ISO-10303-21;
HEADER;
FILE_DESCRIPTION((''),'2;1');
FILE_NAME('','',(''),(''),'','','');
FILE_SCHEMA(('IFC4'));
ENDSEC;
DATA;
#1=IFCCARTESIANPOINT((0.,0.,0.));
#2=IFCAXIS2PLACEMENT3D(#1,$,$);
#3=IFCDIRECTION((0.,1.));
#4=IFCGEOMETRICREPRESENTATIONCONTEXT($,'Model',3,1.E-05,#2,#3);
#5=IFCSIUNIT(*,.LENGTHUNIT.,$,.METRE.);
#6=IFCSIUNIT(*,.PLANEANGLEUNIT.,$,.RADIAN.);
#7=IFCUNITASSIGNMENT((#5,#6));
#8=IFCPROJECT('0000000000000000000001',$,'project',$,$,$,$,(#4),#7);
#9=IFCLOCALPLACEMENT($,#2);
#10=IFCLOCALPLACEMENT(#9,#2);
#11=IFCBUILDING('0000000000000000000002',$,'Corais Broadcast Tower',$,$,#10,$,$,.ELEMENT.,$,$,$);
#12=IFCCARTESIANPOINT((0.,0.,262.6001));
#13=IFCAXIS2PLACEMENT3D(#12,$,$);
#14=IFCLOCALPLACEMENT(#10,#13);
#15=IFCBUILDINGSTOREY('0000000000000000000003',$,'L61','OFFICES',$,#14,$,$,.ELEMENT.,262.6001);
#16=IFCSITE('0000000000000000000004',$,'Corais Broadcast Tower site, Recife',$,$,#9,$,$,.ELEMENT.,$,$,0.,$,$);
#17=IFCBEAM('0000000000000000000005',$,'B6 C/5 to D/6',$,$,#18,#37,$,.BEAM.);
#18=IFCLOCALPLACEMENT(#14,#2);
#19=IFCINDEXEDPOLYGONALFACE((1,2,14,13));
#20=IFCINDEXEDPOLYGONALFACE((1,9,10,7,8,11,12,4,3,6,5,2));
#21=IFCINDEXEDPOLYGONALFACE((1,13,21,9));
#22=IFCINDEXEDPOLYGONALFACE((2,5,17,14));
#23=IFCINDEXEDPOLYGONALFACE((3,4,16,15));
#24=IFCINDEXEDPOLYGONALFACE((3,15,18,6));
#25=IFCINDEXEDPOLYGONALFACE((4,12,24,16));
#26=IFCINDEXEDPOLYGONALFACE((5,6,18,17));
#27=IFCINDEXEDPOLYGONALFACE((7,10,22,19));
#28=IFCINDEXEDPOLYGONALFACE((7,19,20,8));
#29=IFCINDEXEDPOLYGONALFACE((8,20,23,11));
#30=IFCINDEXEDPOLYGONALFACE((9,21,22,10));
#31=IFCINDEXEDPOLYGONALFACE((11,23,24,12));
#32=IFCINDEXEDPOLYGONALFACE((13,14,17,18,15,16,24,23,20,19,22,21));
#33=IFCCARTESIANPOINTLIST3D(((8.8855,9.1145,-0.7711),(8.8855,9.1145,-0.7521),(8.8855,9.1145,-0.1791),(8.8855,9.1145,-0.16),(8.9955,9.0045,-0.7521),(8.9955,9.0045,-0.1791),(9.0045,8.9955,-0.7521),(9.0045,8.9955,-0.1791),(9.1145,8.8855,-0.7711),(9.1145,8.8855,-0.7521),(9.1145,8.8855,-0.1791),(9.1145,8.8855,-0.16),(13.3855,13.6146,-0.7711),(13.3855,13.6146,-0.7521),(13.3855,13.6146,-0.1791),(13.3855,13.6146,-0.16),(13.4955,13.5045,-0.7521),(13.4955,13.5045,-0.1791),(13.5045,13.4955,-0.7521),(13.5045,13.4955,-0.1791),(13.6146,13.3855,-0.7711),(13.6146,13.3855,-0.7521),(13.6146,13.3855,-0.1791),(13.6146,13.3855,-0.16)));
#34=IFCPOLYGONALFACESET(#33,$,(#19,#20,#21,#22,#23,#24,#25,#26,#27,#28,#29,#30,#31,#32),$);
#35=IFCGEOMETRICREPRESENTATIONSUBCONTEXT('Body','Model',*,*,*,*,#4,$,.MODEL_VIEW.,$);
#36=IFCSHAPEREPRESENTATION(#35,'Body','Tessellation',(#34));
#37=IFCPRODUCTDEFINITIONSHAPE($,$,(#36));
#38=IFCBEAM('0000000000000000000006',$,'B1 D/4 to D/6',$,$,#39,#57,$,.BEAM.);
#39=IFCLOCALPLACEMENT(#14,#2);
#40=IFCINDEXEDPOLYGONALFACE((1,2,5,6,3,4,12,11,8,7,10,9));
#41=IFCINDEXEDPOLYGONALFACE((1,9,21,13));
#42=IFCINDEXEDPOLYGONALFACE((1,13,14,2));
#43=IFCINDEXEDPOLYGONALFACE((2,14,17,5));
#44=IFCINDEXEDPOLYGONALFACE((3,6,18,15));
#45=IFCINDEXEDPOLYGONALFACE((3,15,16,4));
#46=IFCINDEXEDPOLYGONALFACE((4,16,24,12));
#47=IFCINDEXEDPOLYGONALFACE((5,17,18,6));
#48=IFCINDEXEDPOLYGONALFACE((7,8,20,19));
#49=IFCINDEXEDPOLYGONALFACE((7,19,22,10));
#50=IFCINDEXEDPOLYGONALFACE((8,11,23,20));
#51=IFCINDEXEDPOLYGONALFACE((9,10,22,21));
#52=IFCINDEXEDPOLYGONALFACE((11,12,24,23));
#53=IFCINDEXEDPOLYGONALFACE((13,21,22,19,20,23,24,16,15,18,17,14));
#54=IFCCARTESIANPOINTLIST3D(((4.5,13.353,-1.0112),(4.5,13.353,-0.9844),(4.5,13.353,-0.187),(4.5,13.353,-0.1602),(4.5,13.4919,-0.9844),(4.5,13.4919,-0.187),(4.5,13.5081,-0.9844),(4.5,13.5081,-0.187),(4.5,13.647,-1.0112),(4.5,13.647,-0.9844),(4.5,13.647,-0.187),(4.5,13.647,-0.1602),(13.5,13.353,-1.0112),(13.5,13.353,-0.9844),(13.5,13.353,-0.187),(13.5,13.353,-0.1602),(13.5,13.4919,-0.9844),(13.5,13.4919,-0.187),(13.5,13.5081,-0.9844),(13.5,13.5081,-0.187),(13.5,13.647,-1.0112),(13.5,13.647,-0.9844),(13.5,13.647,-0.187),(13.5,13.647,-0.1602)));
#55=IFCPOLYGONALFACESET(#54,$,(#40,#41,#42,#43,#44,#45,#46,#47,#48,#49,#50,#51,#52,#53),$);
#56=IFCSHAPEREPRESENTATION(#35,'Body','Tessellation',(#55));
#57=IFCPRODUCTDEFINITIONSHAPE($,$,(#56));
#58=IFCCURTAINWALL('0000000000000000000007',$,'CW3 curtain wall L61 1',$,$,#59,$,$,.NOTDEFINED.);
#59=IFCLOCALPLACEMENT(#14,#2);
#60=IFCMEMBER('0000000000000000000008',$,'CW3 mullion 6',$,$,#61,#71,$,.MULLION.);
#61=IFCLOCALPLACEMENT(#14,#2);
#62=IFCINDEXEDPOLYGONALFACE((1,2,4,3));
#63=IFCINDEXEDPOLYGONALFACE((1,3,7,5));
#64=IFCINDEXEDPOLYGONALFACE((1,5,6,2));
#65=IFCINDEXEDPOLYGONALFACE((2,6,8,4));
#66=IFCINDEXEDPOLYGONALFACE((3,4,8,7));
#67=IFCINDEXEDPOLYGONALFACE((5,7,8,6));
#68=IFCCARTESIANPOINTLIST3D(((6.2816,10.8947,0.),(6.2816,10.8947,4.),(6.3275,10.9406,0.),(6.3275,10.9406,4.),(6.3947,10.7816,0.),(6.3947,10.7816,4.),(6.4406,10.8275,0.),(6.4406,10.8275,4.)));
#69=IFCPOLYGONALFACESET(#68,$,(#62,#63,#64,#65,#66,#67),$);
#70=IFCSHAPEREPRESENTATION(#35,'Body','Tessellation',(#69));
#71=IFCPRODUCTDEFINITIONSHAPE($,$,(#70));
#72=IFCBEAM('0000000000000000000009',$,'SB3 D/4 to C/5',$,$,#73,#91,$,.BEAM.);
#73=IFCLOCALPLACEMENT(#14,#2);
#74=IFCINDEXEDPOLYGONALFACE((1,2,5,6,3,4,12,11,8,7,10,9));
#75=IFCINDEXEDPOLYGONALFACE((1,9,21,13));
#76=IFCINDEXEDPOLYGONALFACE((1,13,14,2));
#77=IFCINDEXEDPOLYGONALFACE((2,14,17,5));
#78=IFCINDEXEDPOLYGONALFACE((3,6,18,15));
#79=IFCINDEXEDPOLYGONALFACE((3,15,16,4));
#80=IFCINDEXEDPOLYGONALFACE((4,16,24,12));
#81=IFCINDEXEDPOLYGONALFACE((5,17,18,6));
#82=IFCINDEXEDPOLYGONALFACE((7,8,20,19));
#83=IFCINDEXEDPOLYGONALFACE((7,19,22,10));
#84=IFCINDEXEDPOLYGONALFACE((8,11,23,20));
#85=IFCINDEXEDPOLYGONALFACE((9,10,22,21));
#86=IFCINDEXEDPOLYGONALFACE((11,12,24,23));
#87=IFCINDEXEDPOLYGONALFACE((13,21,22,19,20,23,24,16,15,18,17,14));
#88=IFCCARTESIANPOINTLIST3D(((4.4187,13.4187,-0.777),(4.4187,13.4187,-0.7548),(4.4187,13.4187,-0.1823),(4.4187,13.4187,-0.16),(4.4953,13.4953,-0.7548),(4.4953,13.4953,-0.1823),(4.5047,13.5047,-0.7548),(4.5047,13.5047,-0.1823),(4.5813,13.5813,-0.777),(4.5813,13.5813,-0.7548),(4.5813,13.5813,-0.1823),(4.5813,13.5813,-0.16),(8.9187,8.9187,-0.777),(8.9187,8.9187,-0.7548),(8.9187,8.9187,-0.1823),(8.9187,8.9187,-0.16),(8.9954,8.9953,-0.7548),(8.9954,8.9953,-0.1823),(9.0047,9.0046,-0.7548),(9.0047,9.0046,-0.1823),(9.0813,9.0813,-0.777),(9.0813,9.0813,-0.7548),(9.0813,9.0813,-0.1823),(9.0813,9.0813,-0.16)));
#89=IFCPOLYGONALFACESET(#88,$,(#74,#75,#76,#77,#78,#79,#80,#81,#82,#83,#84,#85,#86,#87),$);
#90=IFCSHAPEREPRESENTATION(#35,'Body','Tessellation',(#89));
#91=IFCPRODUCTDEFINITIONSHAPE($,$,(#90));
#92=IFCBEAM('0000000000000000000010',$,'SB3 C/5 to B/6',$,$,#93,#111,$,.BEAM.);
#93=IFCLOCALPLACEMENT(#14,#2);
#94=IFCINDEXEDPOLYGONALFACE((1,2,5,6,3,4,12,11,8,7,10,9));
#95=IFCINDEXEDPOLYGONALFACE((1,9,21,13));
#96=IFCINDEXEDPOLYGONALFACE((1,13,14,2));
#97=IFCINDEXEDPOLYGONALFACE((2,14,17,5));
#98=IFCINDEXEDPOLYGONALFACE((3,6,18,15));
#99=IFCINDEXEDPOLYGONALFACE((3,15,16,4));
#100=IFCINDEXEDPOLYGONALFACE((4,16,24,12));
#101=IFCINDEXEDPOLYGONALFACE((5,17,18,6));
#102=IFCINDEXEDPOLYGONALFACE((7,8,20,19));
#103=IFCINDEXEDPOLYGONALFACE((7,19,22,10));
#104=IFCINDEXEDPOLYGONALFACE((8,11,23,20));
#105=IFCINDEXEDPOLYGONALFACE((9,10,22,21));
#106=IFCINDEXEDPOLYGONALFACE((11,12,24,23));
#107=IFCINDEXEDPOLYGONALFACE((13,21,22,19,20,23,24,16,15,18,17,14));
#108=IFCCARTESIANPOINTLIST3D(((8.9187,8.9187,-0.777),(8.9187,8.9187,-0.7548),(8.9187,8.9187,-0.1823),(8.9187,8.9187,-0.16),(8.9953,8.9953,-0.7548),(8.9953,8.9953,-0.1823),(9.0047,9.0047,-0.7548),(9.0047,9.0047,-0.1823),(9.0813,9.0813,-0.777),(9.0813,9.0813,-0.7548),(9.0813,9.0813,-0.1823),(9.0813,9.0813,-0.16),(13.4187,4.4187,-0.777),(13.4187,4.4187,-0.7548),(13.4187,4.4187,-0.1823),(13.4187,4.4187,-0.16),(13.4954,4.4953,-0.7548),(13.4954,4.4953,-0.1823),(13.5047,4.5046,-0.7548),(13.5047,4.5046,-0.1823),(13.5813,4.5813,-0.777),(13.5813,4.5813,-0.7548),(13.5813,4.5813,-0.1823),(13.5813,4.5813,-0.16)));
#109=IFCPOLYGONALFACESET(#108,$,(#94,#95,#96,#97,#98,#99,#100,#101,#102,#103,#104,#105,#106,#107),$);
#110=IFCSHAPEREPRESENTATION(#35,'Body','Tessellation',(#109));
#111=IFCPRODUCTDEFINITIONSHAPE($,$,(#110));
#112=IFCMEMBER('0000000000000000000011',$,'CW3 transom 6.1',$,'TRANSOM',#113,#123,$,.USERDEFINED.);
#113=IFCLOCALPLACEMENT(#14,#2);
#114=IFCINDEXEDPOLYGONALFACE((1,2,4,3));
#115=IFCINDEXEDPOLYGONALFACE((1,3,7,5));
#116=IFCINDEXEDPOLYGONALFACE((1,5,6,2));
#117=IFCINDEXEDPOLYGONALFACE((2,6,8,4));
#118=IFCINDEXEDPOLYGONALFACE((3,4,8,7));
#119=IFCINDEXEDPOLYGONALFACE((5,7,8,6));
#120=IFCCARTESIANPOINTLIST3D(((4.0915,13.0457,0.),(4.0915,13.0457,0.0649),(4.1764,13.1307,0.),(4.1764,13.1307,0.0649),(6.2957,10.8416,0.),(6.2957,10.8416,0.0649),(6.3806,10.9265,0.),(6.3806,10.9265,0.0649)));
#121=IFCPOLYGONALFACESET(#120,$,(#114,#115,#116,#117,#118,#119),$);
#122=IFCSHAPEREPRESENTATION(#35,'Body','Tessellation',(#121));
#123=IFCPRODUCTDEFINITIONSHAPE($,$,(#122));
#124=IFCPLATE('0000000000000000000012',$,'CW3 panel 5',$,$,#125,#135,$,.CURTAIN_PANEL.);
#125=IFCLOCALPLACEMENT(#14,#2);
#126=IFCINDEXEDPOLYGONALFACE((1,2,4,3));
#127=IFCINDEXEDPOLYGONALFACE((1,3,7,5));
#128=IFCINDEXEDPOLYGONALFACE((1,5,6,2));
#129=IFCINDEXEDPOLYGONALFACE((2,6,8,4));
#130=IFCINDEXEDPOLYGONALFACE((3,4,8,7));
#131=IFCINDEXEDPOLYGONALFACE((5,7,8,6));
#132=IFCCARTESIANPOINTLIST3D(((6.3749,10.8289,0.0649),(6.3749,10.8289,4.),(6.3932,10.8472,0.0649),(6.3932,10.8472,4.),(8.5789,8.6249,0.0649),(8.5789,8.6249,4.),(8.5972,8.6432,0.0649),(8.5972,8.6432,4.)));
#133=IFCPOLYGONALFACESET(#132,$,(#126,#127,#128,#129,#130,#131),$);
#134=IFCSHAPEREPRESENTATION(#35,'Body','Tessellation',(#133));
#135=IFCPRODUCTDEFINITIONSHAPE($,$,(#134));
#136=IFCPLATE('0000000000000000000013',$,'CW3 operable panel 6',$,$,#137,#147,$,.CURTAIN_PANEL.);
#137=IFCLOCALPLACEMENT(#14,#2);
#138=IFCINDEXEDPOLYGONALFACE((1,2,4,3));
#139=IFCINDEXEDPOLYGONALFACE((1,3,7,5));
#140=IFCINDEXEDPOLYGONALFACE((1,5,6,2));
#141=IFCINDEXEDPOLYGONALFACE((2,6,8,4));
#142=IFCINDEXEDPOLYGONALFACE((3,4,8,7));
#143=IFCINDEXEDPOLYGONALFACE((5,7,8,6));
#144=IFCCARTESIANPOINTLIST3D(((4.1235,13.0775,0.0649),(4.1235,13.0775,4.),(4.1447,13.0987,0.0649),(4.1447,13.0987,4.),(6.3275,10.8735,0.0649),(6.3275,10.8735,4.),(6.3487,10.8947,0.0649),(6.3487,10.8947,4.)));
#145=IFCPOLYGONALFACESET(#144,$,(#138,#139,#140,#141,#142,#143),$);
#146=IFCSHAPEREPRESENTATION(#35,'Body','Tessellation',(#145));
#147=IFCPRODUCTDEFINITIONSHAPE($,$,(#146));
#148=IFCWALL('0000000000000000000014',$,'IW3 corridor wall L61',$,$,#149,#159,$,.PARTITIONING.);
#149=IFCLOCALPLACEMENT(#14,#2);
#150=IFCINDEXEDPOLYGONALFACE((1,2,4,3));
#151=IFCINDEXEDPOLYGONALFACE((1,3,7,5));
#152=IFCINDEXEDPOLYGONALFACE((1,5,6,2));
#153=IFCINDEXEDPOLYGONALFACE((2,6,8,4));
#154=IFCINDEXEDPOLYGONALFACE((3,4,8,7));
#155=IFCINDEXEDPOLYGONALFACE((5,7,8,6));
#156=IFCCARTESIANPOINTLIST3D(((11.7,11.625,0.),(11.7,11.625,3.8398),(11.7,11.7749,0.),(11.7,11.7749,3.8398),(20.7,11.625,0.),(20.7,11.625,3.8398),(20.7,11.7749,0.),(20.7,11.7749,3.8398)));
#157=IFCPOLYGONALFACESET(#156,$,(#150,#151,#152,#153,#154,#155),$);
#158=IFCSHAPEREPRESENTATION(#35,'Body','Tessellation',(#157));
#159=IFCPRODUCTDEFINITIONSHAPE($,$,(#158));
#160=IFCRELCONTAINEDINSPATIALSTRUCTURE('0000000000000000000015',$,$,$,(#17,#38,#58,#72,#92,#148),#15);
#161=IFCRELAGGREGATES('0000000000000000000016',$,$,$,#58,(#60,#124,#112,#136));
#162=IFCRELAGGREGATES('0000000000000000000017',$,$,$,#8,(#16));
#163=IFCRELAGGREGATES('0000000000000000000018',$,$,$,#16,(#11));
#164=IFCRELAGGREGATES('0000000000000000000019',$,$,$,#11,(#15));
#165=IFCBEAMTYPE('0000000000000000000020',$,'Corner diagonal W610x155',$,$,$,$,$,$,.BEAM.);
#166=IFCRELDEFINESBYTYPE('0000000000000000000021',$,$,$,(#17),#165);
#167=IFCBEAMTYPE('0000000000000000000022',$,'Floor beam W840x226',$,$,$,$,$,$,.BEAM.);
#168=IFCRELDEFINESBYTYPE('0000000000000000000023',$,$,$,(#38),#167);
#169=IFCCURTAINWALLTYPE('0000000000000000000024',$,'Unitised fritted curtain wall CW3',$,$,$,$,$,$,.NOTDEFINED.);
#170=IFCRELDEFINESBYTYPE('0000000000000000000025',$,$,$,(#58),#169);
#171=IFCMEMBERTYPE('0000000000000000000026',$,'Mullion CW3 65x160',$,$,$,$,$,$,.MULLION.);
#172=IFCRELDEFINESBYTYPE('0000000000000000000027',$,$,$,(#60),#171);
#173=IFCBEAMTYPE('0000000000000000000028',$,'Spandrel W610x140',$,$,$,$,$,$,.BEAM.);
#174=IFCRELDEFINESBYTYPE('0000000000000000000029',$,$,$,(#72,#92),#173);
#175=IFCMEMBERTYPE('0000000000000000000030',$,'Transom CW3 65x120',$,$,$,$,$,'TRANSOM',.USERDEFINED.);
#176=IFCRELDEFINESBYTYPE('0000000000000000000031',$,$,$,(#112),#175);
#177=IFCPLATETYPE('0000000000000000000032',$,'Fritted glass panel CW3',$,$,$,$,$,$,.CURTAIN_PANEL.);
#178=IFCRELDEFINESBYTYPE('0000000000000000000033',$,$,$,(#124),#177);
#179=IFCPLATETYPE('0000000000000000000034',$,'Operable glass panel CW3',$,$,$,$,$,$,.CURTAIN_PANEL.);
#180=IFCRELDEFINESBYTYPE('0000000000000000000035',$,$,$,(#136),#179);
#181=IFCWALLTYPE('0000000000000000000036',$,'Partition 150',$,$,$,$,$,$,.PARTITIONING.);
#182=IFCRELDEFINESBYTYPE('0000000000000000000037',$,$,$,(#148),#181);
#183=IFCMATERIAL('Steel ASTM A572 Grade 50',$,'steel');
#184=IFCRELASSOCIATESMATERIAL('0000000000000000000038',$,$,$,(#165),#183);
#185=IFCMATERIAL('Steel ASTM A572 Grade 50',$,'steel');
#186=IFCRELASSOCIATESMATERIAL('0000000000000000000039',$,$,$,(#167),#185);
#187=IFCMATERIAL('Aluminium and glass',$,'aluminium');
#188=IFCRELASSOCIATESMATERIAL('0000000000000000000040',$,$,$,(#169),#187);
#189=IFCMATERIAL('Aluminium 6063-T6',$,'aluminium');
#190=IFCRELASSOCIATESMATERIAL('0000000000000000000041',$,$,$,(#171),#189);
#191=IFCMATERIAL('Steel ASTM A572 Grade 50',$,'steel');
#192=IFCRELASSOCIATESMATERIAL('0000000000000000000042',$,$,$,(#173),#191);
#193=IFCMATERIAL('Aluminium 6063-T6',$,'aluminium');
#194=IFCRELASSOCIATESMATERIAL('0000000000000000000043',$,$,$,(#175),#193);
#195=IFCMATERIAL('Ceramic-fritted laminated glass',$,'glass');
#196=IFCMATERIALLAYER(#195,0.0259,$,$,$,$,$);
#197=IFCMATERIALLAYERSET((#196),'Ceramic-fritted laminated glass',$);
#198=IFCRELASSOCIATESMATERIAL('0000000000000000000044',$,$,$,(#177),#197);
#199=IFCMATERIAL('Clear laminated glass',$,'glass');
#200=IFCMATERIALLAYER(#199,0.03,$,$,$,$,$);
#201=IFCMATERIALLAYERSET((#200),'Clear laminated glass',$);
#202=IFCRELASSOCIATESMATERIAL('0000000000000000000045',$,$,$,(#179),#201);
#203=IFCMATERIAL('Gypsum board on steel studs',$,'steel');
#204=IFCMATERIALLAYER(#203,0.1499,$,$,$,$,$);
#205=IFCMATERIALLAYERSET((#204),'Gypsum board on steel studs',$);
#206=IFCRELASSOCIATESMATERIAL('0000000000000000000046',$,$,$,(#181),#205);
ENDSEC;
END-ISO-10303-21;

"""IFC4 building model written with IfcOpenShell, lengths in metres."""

from ifc_helpers import new_model, si_unit, direction, frame, frame_2d, origin, origin_2d, place, context, subcontext, project, spatial, rectangle, i_section, extrude, material, layer, layer_set, material_profile, profile_set, type_object, element, aggregate, save


model = new_model("IFC4")

# Units and contexts
model_context = context("Model", 3, precision=1e-05, world=origin(), true_north=direction((0.0, 1.0)))
body_context = subcontext(model_context, "Body", "Model", "MODEL_VIEW")
ifc_project = project(units=[si_unit("LENGTHUNIT", "METRE"), si_unit("PLANEANGLEUNIT", "RADIAN")], contexts=[model_context])

# Site, building, storey
site_placement = place(None, origin())
site = spatial("IfcSite", under=ifc_project, at=site_placement, Name="Corais Broadcast Tower site, Recife", CompositionType="ELEMENT", RefElevation=0.0)
building_placement = place(site_placement, origin())
building = spatial("IfcBuilding", under=site, at=building_placement, Name="Corais Broadcast Tower", CompositionType="ELEMENT")
storey_placement = place(building_placement, frame((0.0, 0.0, 262.6001)))
storey = spatial("IfcBuildingStorey", under=building, at=storey_placement, Name="L61", Description="OFFICES", CompositionType="ELEMENT", Elevation=262.6001)

# Beams
ifc_material_1 = material(Name="Steel ASTM A572 Grade 50", Category="steel")
ifc_material_profile_1 = material_profile(ifc_material_1, i_section(OverallWidth=0.324, OverallDepth=0.6111, WebThickness=0.0127, FlangeThickness=0.019, at=origin_2d()), Name="W610x155")
ifc_profile_set_1 = profile_set([ifc_material_profile_1], Name="Steel ASTM A572 Grade 50")
beam_type_1 = type_object("IfcBeamType", Name="Corner diagonal W610x155", PredefinedType="BEAM", material=ifc_profile_set_1)
beam_1_placement = place(storey_placement, frame((9.0, 9.0, -0.4656), z_axis=(0.707107, 0.707107, 0.0), x_axis=(-0.707107, 0.707107, 0.0)))
element("IfcBeam", 1, at=beam_1_placement, inside=storey, type_object=beam_type_1, Name="B6 C/5 to D/6", PredefinedType="BEAM", context=body_context, shape_type="SweptSolid", body=[
    extrude(i_section(OverallWidth=0.324, OverallDepth=0.6111, WebThickness=0.0127, FlangeThickness=0.019, at=origin_2d()), origin(), (0.0, 0.0, 1.0), 6.364),
])
ifc_material_2 = material(Name="Steel ASTM A572 Grade 50", Category="steel")
ifc_material_profile_2 = material_profile(ifc_material_2, i_section(OverallWidth=0.2939, OverallDepth=0.8511, WebThickness=0.0161, FlangeThickness=0.0269, at=origin_2d()), Name="W840x226")
ifc_profile_set_2 = profile_set([ifc_material_profile_2], Name="Steel ASTM A572 Grade 50")
beam_type_2 = type_object("IfcBeamType", Name="Floor beam W840x226", PredefinedType="BEAM", material=ifc_profile_set_2)
beam_2_placement = place(storey_placement, frame((4.5, 13.5, -0.5857), z_axis=(1.0, 0.0, 0.0), x_axis=(0.0, 1.0, 0.0)))
element("IfcBeam", 2, at=beam_2_placement, inside=storey, type_object=beam_type_2, Name="B1 D/4 to D/6", PredefinedType="BEAM", context=body_context, shape_type="SweptSolid", body=[
    extrude(i_section(OverallWidth=0.2939, OverallDepth=0.8511, WebThickness=0.0161, FlangeThickness=0.0269, at=origin_2d()), origin(), (0.0, 0.0, 1.0), 9.0),
])

# Curtain wall, member
ifc_material_3 = material(Name="Aluminium and glass", Category="aluminium")
curtain_wall_type = type_object("IfcCurtainWallType", Name="Unitised fritted curtain wall CW3", PredefinedType="NOTDEFINED", material=ifc_material_3)
curtain_wall_placement = place(storey_placement, origin())
curtain_wall = element("IfcCurtainWall", 3, at=curtain_wall_placement, inside=storey, type_object=curtain_wall_type, Name="CW3 curtain wall L61 1", PredefinedType="NOTDEFINED")
ifc_material_4 = material(Name="Aluminium 6063-T6", Category="aluminium")
ifc_material_profile_3 = material_profile(ifc_material_4, rectangle(XDim=0.0649, YDim=0.1599, at=origin_2d()), Name="Mullion CW3 65x160")
ifc_profile_set_3 = profile_set([ifc_material_profile_3], Name="Aluminium 6063-T6")
member_type_1 = type_object("IfcMemberType", Name="Mullion CW3 65x160", PredefinedType="MULLION", material=ifc_profile_set_3)
member_1_placement = place(storey_placement, frame((6.3611, 10.8611, 0.0), z_axis=(0.0, 0.0, 1.0), x_axis=(-0.707107, -0.707107, 0.0)))
member_1 = element("IfcMember", 4, at=member_1_placement, type_object=member_type_1, Name="CW3 mullion 6", PredefinedType="MULLION", context=body_context, shape_type="SweptSolid", body=[
    extrude(rectangle(XDim=0.0649, YDim=0.1599, at=origin_2d()), origin(), (0.0, 0.0, 1.0), 4.0),
])

# Beams
ifc_material_5 = material(Name="Steel ASTM A572 Grade 50", Category="steel")
ifc_material_profile_4 = material_profile(ifc_material_5, i_section(OverallWidth=0.23, OverallDepth=0.6169, WebThickness=0.0132, FlangeThickness=0.0222, at=origin_2d()), Name="W610x140")
ifc_profile_set_4 = profile_set([ifc_material_profile_4], Name="Steel ASTM A572 Grade 50")
beam_type_3 = type_object("IfcBeamType", Name="Spandrel W610x140", PredefinedType="BEAM", material=ifc_profile_set_4)
for number, where, z_axis, x_axis, name in (
    (5, (4.5, 13.5, -0.4685), (0.707107, -0.707107, 0.0), (0.707107, 0.707107, 0.0), "SB3 D/4 to C/5"),
    (6, (9.0, 9.0, -0.4685), (0.707107, -0.707107, 0.0), (0.707107, 0.707107, 0.0), "SB3 C/5 to B/6"),
):
    element("IfcBeam", number, at=place(storey_placement, frame(where, z_axis=z_axis, x_axis=x_axis)), inside=storey, type_object=beam_type_3, Name=name, PredefinedType="BEAM", context=body_context, shape_type="SweptSolid", body=[
        extrude(i_section(OverallWidth=0.23, OverallDepth=0.6169, WebThickness=0.0132, FlangeThickness=0.0222, at=origin_2d()), origin(), (0.0, 0.0, 1.0), 6.364),
    ])

# Member
ifc_material_6 = material(Name="Aluminium 6063-T6", Category="aluminium")
ifc_material_profile_5 = material_profile(ifc_material_6, rectangle(XDim=0.1201, YDim=0.0649, at=origin_2d()), Name="Transom CW3 65x120")
ifc_profile_set_5 = profile_set([ifc_material_profile_5], Name="Aluminium 6063-T6")
member_type_2 = type_object("IfcMemberType", Name="Transom CW3 65x120", ElementType="TRANSOM", PredefinedType="USERDEFINED", material=ifc_profile_set_5)
member_2_placement = place(storey_placement, frame((6.3381, 10.884, 0.0325), z_axis=(-0.707107, 0.707107, 0.0), x_axis=(-0.707107, -0.707107, 0.0)))
member_2 = element("IfcMember", 7, at=member_2_placement, type_object=member_type_2, Name="CW3 transom 6.1", ObjectType="TRANSOM", PredefinedType="USERDEFINED", context=body_context, shape_type="SweptSolid", body=[
    extrude(rectangle(XDim=0.1201, YDim=0.0649, at=origin_2d()), origin(), (0.0, 0.0, 1.0), 3.1172),
])

# Plates
ifc_material_7 = material(Name="Ceramic-fritted laminated glass", Category="glass")
ifc_layer_1 = layer(ifc_material_7, 0.0259)
ifc_layer_set_1 = layer_set([ifc_layer_1], Name="Ceramic-fritted laminated glass")
plate_type_1 = type_object("IfcPlateType", Name="Fritted glass panel CW3", PredefinedType="CURTAIN_PANEL", material=ifc_layer_set_1)
plate_1_placement = place(storey_placement, frame((7.4861, 9.7361, 0.0649), z_axis=(0.0, 0.0, 1.0), x_axis=(-0.707107, 0.707107, 0.0)))
plate_1 = element("IfcPlate", 8, at=plate_1_placement, type_object=plate_type_1, Name="CW3 panel 5", PredefinedType="CURTAIN_PANEL", context=body_context, shape_type="SweptSolid", body=[
    extrude(rectangle(XDim=3.1169, YDim=0.0259, at=origin_2d()), origin(), (0.0, 0.0, 1.0), 3.9351),
])
ifc_material_8 = material(Name="Clear laminated glass", Category="glass")
ifc_layer_2 = layer(ifc_material_8, 0.03)
ifc_layer_set_2 = layer_set([ifc_layer_2], Name="Clear laminated glass")
plate_type_2 = type_object("IfcPlateType", Name="Operable glass panel CW3", PredefinedType="CURTAIN_PANEL", material=ifc_layer_set_2)
plate_2_placement = place(storey_placement, frame((5.2361, 11.9861, 0.0649), z_axis=(0.0, 0.0, 1.0), x_axis=(-0.707107, 0.707107, 0.0)))
plate_2 = element("IfcPlate", 9, at=plate_2_placement, type_object=plate_type_2, Name="CW3 operable panel 6", PredefinedType="CURTAIN_PANEL", context=body_context, shape_type="SweptSolid", body=[
    extrude(rectangle(XDim=3.1169, YDim=0.03, at=origin_2d()), origin(), (0.0, 0.0, 1.0), 3.9351),
])
aggregate(curtain_wall, [member_1, plate_1, member_2, plate_2])

# Wall
ifc_material_9 = material(Name="Gypsum board on steel studs", Category="steel")
ifc_layer_3 = layer(ifc_material_9, 0.1499)
ifc_layer_set_3 = layer_set([ifc_layer_3], Name="Gypsum board on steel studs")
wall_type = type_object("IfcWallType", Name="Partition 150", PredefinedType="PARTITIONING", material=ifc_layer_set_3)
wall_1_placement = place(storey_placement, frame((11.7, 11.7, 0.0), z_axis=(0.0, 0.0, 1.0), x_axis=(1.0, 0.0, 0.0)))
element("IfcWall", 10, at=wall_1_placement, inside=storey, type_object=wall_type, Name="IW3 corridor wall L61", PredefinedType="PARTITIONING", context=body_context, shape_type="SweptSolid", body=[
    extrude(rectangle(XDim=9.0, YDim=0.1499, at=frame_2d((4.5, 0.0))), origin(), (0.0, 0.0, 1.0), 3.8398),
])

save(model, "model.ifc")
